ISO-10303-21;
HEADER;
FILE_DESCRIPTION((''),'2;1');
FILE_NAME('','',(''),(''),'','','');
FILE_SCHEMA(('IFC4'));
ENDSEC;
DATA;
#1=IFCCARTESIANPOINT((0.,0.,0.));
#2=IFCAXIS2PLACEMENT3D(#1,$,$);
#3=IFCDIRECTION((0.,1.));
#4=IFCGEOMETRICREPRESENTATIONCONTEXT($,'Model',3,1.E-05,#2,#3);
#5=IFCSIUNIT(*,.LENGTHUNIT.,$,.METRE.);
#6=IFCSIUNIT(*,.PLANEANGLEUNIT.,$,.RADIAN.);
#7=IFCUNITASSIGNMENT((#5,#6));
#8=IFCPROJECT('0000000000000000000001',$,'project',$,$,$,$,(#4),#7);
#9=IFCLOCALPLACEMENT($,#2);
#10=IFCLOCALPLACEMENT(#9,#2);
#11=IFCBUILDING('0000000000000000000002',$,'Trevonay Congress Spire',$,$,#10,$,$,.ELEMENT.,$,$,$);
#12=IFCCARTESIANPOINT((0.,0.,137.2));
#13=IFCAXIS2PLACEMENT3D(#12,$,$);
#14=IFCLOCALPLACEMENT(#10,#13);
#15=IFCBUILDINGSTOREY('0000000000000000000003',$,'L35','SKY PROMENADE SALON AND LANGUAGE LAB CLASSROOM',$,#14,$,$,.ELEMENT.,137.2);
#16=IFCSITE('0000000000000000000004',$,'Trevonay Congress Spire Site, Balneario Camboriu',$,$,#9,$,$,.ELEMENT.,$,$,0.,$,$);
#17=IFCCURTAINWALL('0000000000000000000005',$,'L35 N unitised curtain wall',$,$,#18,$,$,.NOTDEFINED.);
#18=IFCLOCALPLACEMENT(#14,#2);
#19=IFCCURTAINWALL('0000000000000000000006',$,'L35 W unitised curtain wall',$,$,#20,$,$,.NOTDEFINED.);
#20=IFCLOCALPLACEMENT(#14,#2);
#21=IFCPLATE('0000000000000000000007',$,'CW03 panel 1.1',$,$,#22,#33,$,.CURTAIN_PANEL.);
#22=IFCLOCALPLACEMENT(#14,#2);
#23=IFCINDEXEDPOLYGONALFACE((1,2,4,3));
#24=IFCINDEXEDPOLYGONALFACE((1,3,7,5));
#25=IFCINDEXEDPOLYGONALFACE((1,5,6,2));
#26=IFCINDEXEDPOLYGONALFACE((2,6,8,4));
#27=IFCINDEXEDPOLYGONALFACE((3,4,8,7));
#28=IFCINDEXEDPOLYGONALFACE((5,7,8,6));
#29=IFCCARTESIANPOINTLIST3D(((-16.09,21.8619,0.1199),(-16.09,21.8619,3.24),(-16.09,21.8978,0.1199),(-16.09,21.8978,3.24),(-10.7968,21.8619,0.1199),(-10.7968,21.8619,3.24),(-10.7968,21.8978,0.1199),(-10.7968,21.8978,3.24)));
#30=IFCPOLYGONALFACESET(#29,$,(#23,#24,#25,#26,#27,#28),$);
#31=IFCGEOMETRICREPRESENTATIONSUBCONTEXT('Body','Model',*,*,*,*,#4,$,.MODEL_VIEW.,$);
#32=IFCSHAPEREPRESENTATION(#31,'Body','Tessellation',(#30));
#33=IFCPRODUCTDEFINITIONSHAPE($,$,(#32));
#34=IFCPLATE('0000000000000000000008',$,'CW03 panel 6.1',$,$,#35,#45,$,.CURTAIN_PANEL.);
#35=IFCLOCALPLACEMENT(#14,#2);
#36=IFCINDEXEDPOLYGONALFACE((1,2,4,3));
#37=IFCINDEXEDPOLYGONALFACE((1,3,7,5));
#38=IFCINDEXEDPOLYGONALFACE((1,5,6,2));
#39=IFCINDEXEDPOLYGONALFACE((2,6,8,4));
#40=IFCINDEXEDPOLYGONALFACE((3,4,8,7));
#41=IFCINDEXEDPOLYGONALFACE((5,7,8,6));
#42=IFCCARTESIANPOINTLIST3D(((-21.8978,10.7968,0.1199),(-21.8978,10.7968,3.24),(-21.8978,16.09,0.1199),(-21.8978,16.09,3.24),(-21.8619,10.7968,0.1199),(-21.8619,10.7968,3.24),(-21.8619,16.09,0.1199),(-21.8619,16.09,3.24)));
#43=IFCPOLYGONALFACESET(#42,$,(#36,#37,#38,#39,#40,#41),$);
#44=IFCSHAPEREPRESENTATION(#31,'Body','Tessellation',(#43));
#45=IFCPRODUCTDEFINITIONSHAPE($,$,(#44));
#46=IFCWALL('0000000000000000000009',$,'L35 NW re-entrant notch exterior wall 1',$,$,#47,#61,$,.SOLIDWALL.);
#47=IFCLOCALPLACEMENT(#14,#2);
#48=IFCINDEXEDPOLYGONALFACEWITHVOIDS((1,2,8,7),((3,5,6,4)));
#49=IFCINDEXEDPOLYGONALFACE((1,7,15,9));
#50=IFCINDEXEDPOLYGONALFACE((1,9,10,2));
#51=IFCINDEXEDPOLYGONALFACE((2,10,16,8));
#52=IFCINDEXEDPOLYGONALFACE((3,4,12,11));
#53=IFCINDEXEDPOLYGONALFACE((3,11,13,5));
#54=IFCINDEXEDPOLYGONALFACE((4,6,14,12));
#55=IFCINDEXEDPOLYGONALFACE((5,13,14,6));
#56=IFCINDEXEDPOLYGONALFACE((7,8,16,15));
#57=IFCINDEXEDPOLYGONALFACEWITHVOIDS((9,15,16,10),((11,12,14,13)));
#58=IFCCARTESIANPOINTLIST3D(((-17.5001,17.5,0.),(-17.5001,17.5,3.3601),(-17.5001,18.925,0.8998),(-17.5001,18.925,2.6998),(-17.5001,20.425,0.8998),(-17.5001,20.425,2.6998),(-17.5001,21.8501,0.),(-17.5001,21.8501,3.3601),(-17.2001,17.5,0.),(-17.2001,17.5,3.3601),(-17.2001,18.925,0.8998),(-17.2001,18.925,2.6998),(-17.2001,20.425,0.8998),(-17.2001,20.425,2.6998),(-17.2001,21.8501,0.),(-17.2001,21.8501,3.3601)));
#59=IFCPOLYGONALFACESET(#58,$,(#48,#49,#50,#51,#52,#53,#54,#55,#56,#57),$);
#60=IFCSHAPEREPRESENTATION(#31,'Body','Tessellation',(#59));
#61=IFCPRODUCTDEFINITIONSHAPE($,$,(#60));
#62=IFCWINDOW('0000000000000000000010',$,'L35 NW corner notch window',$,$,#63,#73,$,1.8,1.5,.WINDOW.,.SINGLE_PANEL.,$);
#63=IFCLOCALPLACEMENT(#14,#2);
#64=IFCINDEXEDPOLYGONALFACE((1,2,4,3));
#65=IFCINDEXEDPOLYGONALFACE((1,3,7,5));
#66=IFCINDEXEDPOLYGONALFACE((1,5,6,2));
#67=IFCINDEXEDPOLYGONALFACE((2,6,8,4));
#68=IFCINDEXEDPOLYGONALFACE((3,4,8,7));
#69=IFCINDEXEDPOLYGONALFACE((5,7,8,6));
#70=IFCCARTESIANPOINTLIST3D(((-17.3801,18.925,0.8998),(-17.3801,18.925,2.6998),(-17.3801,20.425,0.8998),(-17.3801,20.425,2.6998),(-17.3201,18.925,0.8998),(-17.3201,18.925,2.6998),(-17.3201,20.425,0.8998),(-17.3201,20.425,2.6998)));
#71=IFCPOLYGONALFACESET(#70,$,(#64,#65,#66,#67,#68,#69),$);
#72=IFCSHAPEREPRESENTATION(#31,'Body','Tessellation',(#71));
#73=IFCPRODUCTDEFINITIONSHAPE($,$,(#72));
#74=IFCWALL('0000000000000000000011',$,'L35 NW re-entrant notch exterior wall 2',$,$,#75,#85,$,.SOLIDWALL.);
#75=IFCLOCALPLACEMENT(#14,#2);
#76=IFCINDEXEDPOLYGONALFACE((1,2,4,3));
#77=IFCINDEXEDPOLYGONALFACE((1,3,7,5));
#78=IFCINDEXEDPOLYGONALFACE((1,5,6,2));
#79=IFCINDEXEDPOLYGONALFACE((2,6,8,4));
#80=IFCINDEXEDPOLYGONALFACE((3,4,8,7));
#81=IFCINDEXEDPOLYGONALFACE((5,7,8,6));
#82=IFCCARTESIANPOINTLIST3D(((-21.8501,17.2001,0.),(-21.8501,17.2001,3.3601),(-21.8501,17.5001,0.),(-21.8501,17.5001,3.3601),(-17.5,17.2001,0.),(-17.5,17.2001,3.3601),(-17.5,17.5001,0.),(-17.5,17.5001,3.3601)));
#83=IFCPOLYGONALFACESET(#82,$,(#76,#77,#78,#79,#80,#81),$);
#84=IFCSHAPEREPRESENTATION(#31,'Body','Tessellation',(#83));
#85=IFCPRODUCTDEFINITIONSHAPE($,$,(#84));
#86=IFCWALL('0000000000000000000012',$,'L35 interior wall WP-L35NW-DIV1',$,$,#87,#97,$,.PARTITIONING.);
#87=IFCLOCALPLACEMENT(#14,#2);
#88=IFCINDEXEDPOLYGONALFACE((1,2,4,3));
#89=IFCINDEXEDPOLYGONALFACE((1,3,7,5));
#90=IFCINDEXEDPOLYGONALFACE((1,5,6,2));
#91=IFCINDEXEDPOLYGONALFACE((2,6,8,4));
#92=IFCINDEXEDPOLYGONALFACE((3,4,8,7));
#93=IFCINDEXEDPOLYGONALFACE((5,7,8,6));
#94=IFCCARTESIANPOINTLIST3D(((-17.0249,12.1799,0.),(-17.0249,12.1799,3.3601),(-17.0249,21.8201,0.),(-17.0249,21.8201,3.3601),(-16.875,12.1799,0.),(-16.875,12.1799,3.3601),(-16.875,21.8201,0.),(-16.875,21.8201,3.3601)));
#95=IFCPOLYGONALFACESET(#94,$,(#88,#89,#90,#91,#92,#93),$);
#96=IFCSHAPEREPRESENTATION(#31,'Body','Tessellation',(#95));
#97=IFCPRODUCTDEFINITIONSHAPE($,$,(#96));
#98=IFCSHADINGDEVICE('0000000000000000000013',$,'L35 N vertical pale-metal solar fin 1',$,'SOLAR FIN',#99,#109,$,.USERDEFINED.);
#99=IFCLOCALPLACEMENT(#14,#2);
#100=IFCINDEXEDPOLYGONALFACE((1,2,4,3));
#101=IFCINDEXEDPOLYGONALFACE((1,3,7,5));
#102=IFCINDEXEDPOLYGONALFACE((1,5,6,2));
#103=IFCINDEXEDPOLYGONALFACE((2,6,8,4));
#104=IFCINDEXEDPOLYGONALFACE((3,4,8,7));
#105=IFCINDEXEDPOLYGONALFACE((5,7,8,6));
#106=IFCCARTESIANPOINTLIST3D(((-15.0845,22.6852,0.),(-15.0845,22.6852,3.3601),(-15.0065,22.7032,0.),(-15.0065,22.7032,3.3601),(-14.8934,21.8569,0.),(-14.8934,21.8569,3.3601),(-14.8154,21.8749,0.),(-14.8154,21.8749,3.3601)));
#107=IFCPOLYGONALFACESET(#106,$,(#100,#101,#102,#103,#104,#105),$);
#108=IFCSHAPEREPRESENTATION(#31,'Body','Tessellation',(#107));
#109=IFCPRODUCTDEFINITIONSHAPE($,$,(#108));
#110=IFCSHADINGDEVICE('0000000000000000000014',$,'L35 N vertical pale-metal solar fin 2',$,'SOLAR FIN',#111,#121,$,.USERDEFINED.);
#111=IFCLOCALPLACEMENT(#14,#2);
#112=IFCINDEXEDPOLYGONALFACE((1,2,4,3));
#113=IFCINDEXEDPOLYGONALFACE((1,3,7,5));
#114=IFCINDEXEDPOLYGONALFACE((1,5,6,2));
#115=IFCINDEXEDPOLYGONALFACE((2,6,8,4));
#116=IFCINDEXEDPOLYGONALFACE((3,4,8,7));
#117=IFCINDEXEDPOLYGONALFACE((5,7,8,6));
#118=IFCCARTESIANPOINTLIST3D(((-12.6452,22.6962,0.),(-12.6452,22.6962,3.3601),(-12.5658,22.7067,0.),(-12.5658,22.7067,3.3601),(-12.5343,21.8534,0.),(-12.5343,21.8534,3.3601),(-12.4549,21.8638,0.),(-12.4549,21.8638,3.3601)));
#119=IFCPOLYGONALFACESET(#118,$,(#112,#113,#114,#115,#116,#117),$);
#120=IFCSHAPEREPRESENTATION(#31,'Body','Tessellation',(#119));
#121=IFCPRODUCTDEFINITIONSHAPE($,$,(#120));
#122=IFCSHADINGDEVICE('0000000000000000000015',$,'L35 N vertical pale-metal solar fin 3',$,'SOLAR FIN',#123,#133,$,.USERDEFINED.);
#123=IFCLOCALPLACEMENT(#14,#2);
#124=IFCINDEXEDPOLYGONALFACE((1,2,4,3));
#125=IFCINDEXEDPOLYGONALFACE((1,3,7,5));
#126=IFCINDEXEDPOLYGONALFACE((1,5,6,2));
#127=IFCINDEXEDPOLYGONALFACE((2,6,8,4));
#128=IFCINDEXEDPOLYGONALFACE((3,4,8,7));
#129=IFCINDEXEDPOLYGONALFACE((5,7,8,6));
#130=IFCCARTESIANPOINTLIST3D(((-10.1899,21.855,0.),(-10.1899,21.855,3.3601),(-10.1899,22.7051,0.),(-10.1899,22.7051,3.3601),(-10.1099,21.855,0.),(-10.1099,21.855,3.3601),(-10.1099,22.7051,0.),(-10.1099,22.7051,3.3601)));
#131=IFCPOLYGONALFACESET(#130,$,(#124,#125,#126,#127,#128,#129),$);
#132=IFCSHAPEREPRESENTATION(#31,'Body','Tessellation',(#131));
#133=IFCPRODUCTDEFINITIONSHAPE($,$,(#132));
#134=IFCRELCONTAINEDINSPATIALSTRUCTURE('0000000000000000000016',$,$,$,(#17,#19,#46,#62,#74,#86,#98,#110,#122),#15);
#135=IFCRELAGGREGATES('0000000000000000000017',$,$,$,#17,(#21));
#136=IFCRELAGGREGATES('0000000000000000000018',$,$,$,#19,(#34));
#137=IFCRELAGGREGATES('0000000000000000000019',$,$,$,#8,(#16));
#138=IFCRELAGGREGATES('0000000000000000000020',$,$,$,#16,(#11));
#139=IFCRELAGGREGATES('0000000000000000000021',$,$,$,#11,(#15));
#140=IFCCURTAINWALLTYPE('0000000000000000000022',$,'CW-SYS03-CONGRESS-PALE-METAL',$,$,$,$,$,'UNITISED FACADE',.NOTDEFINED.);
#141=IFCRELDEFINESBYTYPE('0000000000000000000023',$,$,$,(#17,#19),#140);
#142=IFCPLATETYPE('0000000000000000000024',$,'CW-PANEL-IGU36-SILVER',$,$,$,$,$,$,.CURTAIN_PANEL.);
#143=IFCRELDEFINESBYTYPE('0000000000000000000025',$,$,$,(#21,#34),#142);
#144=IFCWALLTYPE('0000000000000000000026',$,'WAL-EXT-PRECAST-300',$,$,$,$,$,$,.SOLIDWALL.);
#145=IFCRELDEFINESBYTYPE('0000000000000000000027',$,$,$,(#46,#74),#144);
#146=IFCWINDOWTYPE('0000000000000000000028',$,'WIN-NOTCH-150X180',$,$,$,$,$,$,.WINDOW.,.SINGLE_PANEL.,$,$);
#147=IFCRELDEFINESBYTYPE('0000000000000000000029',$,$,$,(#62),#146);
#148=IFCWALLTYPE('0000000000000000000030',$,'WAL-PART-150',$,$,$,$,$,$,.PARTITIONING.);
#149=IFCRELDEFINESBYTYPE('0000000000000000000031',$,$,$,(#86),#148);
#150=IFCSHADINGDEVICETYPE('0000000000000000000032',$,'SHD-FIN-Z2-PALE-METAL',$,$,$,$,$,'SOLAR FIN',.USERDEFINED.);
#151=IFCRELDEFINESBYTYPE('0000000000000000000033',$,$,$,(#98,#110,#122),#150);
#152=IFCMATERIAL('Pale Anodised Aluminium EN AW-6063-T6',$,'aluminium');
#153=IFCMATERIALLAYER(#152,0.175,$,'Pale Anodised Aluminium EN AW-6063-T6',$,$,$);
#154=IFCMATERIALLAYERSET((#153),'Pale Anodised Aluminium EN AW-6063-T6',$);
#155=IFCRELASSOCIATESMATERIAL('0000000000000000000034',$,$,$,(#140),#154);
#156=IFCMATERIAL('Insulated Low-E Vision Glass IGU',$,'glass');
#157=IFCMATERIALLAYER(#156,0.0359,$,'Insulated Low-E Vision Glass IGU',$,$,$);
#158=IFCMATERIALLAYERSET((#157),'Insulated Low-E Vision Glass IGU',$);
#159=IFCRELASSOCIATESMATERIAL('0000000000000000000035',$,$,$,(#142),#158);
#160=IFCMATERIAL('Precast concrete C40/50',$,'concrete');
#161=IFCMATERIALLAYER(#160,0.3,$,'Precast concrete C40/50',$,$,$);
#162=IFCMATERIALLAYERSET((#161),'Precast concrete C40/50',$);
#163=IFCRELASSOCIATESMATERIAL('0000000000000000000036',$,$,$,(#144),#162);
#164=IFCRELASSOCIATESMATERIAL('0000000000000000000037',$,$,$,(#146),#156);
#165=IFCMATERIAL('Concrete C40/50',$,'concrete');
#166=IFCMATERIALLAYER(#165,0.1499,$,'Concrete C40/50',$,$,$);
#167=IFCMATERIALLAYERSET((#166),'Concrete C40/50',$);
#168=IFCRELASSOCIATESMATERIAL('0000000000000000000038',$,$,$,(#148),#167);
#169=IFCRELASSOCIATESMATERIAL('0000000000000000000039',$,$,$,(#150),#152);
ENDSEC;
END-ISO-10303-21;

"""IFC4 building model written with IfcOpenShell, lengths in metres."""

from ifc_helpers import new_model, si_unit, direction, frame, frame_2d, origin, origin_2d, place, context, subcontext, project, spatial, rectangle, extrude, material, layer, layer_set, type_object, element, fill, aggregate, save


model = new_model("IFC4")

# Units and contexts
model_context = context("Model", 3, precision=1e-05, world=origin(), true_north=direction((0.0, 1.0)))
body_context = subcontext(model_context, "Body", "Model", "MODEL_VIEW")
ifc_project = project(units=[si_unit("LENGTHUNIT", "METRE"), si_unit("PLANEANGLEUNIT", "RADIAN")], contexts=[model_context])

# Site, building, storey
site_placement = place(None, origin())
site = spatial("IfcSite", under=ifc_project, at=site_placement, Name="Trevonay Congress Spire Site, Balneario Camboriu", CompositionType="ELEMENT", RefElevation=0.0)
building_placement = place(site_placement, origin())
building = spatial("IfcBuilding", under=site, at=building_placement, Name="Trevonay Congress Spire", CompositionType="ELEMENT")
storey_placement = place(building_placement, frame((0.0, 0.0, 137.2)))
storey = spatial("IfcBuildingStorey", under=building, at=storey_placement, Name="L35", Description="SKY PROMENADE SALON AND LANGUAGE LAB CLASSROOM", CompositionType="ELEMENT", Elevation=137.2)

# Curtain wall
ifc_material_1 = material(Name="Pale Anodised Aluminium EN AW-6063-T6", Category="aluminium")
ifc_layer_1 = layer(ifc_material_1, 0.175, Name="Pale Anodised Aluminium EN AW-6063-T6")
ifc_layer_set_1 = layer_set([ifc_layer_1], Name="Pale Anodised Aluminium EN AW-6063-T6")
curtain_wall_type = type_object("IfcCurtainWallType", Name="CW-SYS03-CONGRESS-PALE-METAL", ElementType="UNITISED FACADE", PredefinedType="NOTDEFINED", material=ifc_layer_set_1)
curtain_wall_1_placement = place(storey_placement, origin())
curtain_wall_1 = element("IfcCurtainWall", 1, at=curtain_wall_1_placement, inside=storey, type_object=curtain_wall_type, Name="L35 N unitised curtain wall", PredefinedType="NOTDEFINED")

# Curtain wall
curtain_wall_2_placement = place(storey_placement, origin())
curtain_wall_2 = element("IfcCurtainWall", 2, at=curtain_wall_2_placement, inside=storey, type_object=curtain_wall_type, Name="L35 W unitised curtain wall", PredefinedType="NOTDEFINED")

# Plates
ifc_material_2 = material(Name="Insulated Low-E Vision Glass IGU", Category="glass")
ifc_layer_2 = layer(ifc_material_2, 0.0359, Name="Insulated Low-E Vision Glass IGU")
ifc_layer_set_2 = layer_set([ifc_layer_2], Name="Insulated Low-E Vision Glass IGU")
plate_type = type_object("IfcPlateType", Name="CW-PANEL-IGU36-SILVER", PredefinedType="CURTAIN_PANEL", material=ifc_layer_set_2)
plate_1_placement = place(storey_placement, frame((-13.4434, 21.8799, 0.1199), z_axis=(0.0, 0.0, 1.0), x_axis=(1.0, 0.0, 0.0)))
plate_1 = element("IfcPlate", 3, at=plate_1_placement, type_object=plate_type, Name="CW03 panel 1.1", PredefinedType="CURTAIN_PANEL", context=body_context, shape_type="SweptSolid", body=[
    extrude(rectangle(XDim=5.2932, YDim=0.0359, at=origin_2d()), origin(), (0.0, 0.0, 1.0), 3.1201),
])
aggregate(curtain_wall_1, [plate_1])
plate_2_placement = place(storey_placement, frame((-21.8799, 13.4434, 0.1199), z_axis=(0.0, 0.0, 1.0), x_axis=(0.0, 1.0, 0.0)))
plate_2 = element("IfcPlate", 4, at=plate_2_placement, type_object=plate_type, Name="CW03 panel 6.1", PredefinedType="CURTAIN_PANEL", context=body_context, shape_type="SweptSolid", body=[
    extrude(rectangle(XDim=5.2932, YDim=0.0359, at=origin_2d()), origin(), (0.0, 0.0, 1.0), 3.1201),
])
aggregate(curtain_wall_2, [plate_2])

# Wall, opening, window
ifc_material_3 = material(Name="Precast concrete C40/50", Category="concrete")
ifc_layer_3 = layer(ifc_material_3, 0.3, Name="Precast concrete C40/50")
ifc_layer_set_3 = layer_set([ifc_layer_3], Name="Precast concrete C40/50")
wall_type_1 = type_object("IfcWallType", Name="WAL-EXT-PRECAST-300", PredefinedType="SOLIDWALL", material=ifc_layer_set_3)
wall_1_placement = place(storey_placement, frame((-17.3501, 21.8501, 0.0), z_axis=(0.0, 0.0, 1.0), x_axis=(0.0, -1.0, 0.0)))
wall_1 = element("IfcWall", 5, at=wall_1_placement, inside=storey, type_object=wall_type_1, Name="L35 NW re-entrant notch exterior wall 1", PredefinedType="SOLIDWALL", context=body_context, shape_type="SweptSolid", body=[
    extrude(rectangle(XDim=4.3501, YDim=0.3, at=frame_2d((2.175, 0.0))), origin(), (0.0, 0.0, 1.0), 3.3601),
])
opening_placement = place(wall_1_placement, frame((1.425, 0.0, 0.8999)))
opening = element("IfcOpeningElement", 6, at=opening_placement, cuts=wall_1, PredefinedType="OPENING", context=body_context, shape_type="SweptSolid", body=[
    extrude(rectangle(XDim=1.5, YDim=1.8, at=frame_2d((0.75, 0.8999))), frame((0.0, 0.1602, 0.0), z_axis=(0.0, -1.0, 0.0), x_axis=(1.0, 0.0, 0.0)), (0.0, 0.0, 1.0), 0.3201),
])
window_type = type_object("IfcWindowType", Name="WIN-NOTCH-150X180", PartitioningType="SINGLE_PANEL", PredefinedType="WINDOW", material=ifc_material_2)
window_placement = place(opening_placement, origin())
window = element("IfcWindow", 7, at=window_placement, inside=storey, type_object=window_type, Name="L35 NW corner notch window", OverallHeight=1.8, OverallWidth=1.5, PartitioningType="SINGLE_PANEL", PredefinedType="WINDOW", context=body_context, shape_type="SweptSolid", body=[
    extrude(rectangle(XDim=1.5, YDim=1.8, at=frame_2d((0.75, 0.8999))), frame((0.0, 0.03, 0.0), z_axis=(0.0, -1.0, 0.0), x_axis=(1.0, 0.0, 0.0)), (0.0, 0.0, 1.0), 0.0601),
])
fill(opening, window)

# Walls
wall_2_placement = place(storey_placement, frame((-21.8501, 17.3501, 0.0), z_axis=(0.0, 0.0, 1.0), x_axis=(1.0, 0.0, 0.0)))
element("IfcWall", 8, at=wall_2_placement, inside=storey, type_object=wall_type_1, Name="L35 NW re-entrant notch exterior wall 2", PredefinedType="SOLIDWALL", context=body_context, shape_type="SweptSolid", body=[
    extrude(rectangle(XDim=4.3501, YDim=0.3, at=frame_2d((2.175, 0.0))), origin(), (0.0, 0.0, 1.0), 3.3601),
])
ifc_material_4 = material(Name="Concrete C40/50", Category="concrete")
ifc_layer_4 = layer(ifc_material_4, 0.1499, Name="Concrete C40/50")
ifc_layer_set_4 = layer_set([ifc_layer_4], Name="Concrete C40/50")
wall_type_2 = type_object("IfcWallType", Name="WAL-PART-150", PredefinedType="PARTITIONING", material=ifc_layer_set_4)
wall_3_placement = place(storey_placement, frame((-16.95, 12.1799, 0.0), z_axis=(0.0, 0.0, 1.0), x_axis=(0.0, 1.0, 0.0)))
element("IfcWall", 9, at=wall_3_placement, inside=storey, type_object=wall_type_2, Name="L35 interior wall WP-L35NW-DIV1", PredefinedType="PARTITIONING", context=body_context, shape_type="SweptSolid", body=[
    extrude(rectangle(XDim=9.6401, YDim=0.1499, at=frame_2d((4.8201, 0.0))), origin(), (0.0, 0.0, 1.0), 3.3601),
])

# Shading devices
shading_device_type = type_object("IfcShadingDeviceType", Name="SHD-FIN-Z2-PALE-METAL", ElementType="SOLAR FIN", PredefinedType="USERDEFINED", material=ifc_material_1)
for number, where, z_axis, x_axis, name in (
    (10, (-14.95, 22.28, 0.0), (0.0, 0.0, 1.0), (0.974409, 0.224781, 0.0), "L35 N vertical pale-metal solar fin 1"),
    (11, (-12.55, 22.28, 0.0), (0.0, 0.0, 1.0), (0.991445, 0.130526, 0.0), "L35 N vertical pale-metal solar fin 2"),
    (12, (-10.1499, 22.28, 0.0), (0.0, 0.0, 1.0), (1.0, 0.0, 0.0), "L35 N vertical pale-metal solar fin 3"),
):
    element("IfcShadingDevice", number, at=place(storey_placement, frame(where, z_axis=z_axis, x_axis=x_axis)), inside=storey, type_object=shading_device_type, Name=name, ObjectType="SOLAR FIN", PredefinedType="USERDEFINED", context=body_context, shape_type="SweptSolid", body=[
        extrude(rectangle(XDim=0.0801, YDim=0.8501, at=origin_2d()), origin(), (0.0, 0.0, 1.0), 3.3601),
    ])

save(model, "model.ifc")
